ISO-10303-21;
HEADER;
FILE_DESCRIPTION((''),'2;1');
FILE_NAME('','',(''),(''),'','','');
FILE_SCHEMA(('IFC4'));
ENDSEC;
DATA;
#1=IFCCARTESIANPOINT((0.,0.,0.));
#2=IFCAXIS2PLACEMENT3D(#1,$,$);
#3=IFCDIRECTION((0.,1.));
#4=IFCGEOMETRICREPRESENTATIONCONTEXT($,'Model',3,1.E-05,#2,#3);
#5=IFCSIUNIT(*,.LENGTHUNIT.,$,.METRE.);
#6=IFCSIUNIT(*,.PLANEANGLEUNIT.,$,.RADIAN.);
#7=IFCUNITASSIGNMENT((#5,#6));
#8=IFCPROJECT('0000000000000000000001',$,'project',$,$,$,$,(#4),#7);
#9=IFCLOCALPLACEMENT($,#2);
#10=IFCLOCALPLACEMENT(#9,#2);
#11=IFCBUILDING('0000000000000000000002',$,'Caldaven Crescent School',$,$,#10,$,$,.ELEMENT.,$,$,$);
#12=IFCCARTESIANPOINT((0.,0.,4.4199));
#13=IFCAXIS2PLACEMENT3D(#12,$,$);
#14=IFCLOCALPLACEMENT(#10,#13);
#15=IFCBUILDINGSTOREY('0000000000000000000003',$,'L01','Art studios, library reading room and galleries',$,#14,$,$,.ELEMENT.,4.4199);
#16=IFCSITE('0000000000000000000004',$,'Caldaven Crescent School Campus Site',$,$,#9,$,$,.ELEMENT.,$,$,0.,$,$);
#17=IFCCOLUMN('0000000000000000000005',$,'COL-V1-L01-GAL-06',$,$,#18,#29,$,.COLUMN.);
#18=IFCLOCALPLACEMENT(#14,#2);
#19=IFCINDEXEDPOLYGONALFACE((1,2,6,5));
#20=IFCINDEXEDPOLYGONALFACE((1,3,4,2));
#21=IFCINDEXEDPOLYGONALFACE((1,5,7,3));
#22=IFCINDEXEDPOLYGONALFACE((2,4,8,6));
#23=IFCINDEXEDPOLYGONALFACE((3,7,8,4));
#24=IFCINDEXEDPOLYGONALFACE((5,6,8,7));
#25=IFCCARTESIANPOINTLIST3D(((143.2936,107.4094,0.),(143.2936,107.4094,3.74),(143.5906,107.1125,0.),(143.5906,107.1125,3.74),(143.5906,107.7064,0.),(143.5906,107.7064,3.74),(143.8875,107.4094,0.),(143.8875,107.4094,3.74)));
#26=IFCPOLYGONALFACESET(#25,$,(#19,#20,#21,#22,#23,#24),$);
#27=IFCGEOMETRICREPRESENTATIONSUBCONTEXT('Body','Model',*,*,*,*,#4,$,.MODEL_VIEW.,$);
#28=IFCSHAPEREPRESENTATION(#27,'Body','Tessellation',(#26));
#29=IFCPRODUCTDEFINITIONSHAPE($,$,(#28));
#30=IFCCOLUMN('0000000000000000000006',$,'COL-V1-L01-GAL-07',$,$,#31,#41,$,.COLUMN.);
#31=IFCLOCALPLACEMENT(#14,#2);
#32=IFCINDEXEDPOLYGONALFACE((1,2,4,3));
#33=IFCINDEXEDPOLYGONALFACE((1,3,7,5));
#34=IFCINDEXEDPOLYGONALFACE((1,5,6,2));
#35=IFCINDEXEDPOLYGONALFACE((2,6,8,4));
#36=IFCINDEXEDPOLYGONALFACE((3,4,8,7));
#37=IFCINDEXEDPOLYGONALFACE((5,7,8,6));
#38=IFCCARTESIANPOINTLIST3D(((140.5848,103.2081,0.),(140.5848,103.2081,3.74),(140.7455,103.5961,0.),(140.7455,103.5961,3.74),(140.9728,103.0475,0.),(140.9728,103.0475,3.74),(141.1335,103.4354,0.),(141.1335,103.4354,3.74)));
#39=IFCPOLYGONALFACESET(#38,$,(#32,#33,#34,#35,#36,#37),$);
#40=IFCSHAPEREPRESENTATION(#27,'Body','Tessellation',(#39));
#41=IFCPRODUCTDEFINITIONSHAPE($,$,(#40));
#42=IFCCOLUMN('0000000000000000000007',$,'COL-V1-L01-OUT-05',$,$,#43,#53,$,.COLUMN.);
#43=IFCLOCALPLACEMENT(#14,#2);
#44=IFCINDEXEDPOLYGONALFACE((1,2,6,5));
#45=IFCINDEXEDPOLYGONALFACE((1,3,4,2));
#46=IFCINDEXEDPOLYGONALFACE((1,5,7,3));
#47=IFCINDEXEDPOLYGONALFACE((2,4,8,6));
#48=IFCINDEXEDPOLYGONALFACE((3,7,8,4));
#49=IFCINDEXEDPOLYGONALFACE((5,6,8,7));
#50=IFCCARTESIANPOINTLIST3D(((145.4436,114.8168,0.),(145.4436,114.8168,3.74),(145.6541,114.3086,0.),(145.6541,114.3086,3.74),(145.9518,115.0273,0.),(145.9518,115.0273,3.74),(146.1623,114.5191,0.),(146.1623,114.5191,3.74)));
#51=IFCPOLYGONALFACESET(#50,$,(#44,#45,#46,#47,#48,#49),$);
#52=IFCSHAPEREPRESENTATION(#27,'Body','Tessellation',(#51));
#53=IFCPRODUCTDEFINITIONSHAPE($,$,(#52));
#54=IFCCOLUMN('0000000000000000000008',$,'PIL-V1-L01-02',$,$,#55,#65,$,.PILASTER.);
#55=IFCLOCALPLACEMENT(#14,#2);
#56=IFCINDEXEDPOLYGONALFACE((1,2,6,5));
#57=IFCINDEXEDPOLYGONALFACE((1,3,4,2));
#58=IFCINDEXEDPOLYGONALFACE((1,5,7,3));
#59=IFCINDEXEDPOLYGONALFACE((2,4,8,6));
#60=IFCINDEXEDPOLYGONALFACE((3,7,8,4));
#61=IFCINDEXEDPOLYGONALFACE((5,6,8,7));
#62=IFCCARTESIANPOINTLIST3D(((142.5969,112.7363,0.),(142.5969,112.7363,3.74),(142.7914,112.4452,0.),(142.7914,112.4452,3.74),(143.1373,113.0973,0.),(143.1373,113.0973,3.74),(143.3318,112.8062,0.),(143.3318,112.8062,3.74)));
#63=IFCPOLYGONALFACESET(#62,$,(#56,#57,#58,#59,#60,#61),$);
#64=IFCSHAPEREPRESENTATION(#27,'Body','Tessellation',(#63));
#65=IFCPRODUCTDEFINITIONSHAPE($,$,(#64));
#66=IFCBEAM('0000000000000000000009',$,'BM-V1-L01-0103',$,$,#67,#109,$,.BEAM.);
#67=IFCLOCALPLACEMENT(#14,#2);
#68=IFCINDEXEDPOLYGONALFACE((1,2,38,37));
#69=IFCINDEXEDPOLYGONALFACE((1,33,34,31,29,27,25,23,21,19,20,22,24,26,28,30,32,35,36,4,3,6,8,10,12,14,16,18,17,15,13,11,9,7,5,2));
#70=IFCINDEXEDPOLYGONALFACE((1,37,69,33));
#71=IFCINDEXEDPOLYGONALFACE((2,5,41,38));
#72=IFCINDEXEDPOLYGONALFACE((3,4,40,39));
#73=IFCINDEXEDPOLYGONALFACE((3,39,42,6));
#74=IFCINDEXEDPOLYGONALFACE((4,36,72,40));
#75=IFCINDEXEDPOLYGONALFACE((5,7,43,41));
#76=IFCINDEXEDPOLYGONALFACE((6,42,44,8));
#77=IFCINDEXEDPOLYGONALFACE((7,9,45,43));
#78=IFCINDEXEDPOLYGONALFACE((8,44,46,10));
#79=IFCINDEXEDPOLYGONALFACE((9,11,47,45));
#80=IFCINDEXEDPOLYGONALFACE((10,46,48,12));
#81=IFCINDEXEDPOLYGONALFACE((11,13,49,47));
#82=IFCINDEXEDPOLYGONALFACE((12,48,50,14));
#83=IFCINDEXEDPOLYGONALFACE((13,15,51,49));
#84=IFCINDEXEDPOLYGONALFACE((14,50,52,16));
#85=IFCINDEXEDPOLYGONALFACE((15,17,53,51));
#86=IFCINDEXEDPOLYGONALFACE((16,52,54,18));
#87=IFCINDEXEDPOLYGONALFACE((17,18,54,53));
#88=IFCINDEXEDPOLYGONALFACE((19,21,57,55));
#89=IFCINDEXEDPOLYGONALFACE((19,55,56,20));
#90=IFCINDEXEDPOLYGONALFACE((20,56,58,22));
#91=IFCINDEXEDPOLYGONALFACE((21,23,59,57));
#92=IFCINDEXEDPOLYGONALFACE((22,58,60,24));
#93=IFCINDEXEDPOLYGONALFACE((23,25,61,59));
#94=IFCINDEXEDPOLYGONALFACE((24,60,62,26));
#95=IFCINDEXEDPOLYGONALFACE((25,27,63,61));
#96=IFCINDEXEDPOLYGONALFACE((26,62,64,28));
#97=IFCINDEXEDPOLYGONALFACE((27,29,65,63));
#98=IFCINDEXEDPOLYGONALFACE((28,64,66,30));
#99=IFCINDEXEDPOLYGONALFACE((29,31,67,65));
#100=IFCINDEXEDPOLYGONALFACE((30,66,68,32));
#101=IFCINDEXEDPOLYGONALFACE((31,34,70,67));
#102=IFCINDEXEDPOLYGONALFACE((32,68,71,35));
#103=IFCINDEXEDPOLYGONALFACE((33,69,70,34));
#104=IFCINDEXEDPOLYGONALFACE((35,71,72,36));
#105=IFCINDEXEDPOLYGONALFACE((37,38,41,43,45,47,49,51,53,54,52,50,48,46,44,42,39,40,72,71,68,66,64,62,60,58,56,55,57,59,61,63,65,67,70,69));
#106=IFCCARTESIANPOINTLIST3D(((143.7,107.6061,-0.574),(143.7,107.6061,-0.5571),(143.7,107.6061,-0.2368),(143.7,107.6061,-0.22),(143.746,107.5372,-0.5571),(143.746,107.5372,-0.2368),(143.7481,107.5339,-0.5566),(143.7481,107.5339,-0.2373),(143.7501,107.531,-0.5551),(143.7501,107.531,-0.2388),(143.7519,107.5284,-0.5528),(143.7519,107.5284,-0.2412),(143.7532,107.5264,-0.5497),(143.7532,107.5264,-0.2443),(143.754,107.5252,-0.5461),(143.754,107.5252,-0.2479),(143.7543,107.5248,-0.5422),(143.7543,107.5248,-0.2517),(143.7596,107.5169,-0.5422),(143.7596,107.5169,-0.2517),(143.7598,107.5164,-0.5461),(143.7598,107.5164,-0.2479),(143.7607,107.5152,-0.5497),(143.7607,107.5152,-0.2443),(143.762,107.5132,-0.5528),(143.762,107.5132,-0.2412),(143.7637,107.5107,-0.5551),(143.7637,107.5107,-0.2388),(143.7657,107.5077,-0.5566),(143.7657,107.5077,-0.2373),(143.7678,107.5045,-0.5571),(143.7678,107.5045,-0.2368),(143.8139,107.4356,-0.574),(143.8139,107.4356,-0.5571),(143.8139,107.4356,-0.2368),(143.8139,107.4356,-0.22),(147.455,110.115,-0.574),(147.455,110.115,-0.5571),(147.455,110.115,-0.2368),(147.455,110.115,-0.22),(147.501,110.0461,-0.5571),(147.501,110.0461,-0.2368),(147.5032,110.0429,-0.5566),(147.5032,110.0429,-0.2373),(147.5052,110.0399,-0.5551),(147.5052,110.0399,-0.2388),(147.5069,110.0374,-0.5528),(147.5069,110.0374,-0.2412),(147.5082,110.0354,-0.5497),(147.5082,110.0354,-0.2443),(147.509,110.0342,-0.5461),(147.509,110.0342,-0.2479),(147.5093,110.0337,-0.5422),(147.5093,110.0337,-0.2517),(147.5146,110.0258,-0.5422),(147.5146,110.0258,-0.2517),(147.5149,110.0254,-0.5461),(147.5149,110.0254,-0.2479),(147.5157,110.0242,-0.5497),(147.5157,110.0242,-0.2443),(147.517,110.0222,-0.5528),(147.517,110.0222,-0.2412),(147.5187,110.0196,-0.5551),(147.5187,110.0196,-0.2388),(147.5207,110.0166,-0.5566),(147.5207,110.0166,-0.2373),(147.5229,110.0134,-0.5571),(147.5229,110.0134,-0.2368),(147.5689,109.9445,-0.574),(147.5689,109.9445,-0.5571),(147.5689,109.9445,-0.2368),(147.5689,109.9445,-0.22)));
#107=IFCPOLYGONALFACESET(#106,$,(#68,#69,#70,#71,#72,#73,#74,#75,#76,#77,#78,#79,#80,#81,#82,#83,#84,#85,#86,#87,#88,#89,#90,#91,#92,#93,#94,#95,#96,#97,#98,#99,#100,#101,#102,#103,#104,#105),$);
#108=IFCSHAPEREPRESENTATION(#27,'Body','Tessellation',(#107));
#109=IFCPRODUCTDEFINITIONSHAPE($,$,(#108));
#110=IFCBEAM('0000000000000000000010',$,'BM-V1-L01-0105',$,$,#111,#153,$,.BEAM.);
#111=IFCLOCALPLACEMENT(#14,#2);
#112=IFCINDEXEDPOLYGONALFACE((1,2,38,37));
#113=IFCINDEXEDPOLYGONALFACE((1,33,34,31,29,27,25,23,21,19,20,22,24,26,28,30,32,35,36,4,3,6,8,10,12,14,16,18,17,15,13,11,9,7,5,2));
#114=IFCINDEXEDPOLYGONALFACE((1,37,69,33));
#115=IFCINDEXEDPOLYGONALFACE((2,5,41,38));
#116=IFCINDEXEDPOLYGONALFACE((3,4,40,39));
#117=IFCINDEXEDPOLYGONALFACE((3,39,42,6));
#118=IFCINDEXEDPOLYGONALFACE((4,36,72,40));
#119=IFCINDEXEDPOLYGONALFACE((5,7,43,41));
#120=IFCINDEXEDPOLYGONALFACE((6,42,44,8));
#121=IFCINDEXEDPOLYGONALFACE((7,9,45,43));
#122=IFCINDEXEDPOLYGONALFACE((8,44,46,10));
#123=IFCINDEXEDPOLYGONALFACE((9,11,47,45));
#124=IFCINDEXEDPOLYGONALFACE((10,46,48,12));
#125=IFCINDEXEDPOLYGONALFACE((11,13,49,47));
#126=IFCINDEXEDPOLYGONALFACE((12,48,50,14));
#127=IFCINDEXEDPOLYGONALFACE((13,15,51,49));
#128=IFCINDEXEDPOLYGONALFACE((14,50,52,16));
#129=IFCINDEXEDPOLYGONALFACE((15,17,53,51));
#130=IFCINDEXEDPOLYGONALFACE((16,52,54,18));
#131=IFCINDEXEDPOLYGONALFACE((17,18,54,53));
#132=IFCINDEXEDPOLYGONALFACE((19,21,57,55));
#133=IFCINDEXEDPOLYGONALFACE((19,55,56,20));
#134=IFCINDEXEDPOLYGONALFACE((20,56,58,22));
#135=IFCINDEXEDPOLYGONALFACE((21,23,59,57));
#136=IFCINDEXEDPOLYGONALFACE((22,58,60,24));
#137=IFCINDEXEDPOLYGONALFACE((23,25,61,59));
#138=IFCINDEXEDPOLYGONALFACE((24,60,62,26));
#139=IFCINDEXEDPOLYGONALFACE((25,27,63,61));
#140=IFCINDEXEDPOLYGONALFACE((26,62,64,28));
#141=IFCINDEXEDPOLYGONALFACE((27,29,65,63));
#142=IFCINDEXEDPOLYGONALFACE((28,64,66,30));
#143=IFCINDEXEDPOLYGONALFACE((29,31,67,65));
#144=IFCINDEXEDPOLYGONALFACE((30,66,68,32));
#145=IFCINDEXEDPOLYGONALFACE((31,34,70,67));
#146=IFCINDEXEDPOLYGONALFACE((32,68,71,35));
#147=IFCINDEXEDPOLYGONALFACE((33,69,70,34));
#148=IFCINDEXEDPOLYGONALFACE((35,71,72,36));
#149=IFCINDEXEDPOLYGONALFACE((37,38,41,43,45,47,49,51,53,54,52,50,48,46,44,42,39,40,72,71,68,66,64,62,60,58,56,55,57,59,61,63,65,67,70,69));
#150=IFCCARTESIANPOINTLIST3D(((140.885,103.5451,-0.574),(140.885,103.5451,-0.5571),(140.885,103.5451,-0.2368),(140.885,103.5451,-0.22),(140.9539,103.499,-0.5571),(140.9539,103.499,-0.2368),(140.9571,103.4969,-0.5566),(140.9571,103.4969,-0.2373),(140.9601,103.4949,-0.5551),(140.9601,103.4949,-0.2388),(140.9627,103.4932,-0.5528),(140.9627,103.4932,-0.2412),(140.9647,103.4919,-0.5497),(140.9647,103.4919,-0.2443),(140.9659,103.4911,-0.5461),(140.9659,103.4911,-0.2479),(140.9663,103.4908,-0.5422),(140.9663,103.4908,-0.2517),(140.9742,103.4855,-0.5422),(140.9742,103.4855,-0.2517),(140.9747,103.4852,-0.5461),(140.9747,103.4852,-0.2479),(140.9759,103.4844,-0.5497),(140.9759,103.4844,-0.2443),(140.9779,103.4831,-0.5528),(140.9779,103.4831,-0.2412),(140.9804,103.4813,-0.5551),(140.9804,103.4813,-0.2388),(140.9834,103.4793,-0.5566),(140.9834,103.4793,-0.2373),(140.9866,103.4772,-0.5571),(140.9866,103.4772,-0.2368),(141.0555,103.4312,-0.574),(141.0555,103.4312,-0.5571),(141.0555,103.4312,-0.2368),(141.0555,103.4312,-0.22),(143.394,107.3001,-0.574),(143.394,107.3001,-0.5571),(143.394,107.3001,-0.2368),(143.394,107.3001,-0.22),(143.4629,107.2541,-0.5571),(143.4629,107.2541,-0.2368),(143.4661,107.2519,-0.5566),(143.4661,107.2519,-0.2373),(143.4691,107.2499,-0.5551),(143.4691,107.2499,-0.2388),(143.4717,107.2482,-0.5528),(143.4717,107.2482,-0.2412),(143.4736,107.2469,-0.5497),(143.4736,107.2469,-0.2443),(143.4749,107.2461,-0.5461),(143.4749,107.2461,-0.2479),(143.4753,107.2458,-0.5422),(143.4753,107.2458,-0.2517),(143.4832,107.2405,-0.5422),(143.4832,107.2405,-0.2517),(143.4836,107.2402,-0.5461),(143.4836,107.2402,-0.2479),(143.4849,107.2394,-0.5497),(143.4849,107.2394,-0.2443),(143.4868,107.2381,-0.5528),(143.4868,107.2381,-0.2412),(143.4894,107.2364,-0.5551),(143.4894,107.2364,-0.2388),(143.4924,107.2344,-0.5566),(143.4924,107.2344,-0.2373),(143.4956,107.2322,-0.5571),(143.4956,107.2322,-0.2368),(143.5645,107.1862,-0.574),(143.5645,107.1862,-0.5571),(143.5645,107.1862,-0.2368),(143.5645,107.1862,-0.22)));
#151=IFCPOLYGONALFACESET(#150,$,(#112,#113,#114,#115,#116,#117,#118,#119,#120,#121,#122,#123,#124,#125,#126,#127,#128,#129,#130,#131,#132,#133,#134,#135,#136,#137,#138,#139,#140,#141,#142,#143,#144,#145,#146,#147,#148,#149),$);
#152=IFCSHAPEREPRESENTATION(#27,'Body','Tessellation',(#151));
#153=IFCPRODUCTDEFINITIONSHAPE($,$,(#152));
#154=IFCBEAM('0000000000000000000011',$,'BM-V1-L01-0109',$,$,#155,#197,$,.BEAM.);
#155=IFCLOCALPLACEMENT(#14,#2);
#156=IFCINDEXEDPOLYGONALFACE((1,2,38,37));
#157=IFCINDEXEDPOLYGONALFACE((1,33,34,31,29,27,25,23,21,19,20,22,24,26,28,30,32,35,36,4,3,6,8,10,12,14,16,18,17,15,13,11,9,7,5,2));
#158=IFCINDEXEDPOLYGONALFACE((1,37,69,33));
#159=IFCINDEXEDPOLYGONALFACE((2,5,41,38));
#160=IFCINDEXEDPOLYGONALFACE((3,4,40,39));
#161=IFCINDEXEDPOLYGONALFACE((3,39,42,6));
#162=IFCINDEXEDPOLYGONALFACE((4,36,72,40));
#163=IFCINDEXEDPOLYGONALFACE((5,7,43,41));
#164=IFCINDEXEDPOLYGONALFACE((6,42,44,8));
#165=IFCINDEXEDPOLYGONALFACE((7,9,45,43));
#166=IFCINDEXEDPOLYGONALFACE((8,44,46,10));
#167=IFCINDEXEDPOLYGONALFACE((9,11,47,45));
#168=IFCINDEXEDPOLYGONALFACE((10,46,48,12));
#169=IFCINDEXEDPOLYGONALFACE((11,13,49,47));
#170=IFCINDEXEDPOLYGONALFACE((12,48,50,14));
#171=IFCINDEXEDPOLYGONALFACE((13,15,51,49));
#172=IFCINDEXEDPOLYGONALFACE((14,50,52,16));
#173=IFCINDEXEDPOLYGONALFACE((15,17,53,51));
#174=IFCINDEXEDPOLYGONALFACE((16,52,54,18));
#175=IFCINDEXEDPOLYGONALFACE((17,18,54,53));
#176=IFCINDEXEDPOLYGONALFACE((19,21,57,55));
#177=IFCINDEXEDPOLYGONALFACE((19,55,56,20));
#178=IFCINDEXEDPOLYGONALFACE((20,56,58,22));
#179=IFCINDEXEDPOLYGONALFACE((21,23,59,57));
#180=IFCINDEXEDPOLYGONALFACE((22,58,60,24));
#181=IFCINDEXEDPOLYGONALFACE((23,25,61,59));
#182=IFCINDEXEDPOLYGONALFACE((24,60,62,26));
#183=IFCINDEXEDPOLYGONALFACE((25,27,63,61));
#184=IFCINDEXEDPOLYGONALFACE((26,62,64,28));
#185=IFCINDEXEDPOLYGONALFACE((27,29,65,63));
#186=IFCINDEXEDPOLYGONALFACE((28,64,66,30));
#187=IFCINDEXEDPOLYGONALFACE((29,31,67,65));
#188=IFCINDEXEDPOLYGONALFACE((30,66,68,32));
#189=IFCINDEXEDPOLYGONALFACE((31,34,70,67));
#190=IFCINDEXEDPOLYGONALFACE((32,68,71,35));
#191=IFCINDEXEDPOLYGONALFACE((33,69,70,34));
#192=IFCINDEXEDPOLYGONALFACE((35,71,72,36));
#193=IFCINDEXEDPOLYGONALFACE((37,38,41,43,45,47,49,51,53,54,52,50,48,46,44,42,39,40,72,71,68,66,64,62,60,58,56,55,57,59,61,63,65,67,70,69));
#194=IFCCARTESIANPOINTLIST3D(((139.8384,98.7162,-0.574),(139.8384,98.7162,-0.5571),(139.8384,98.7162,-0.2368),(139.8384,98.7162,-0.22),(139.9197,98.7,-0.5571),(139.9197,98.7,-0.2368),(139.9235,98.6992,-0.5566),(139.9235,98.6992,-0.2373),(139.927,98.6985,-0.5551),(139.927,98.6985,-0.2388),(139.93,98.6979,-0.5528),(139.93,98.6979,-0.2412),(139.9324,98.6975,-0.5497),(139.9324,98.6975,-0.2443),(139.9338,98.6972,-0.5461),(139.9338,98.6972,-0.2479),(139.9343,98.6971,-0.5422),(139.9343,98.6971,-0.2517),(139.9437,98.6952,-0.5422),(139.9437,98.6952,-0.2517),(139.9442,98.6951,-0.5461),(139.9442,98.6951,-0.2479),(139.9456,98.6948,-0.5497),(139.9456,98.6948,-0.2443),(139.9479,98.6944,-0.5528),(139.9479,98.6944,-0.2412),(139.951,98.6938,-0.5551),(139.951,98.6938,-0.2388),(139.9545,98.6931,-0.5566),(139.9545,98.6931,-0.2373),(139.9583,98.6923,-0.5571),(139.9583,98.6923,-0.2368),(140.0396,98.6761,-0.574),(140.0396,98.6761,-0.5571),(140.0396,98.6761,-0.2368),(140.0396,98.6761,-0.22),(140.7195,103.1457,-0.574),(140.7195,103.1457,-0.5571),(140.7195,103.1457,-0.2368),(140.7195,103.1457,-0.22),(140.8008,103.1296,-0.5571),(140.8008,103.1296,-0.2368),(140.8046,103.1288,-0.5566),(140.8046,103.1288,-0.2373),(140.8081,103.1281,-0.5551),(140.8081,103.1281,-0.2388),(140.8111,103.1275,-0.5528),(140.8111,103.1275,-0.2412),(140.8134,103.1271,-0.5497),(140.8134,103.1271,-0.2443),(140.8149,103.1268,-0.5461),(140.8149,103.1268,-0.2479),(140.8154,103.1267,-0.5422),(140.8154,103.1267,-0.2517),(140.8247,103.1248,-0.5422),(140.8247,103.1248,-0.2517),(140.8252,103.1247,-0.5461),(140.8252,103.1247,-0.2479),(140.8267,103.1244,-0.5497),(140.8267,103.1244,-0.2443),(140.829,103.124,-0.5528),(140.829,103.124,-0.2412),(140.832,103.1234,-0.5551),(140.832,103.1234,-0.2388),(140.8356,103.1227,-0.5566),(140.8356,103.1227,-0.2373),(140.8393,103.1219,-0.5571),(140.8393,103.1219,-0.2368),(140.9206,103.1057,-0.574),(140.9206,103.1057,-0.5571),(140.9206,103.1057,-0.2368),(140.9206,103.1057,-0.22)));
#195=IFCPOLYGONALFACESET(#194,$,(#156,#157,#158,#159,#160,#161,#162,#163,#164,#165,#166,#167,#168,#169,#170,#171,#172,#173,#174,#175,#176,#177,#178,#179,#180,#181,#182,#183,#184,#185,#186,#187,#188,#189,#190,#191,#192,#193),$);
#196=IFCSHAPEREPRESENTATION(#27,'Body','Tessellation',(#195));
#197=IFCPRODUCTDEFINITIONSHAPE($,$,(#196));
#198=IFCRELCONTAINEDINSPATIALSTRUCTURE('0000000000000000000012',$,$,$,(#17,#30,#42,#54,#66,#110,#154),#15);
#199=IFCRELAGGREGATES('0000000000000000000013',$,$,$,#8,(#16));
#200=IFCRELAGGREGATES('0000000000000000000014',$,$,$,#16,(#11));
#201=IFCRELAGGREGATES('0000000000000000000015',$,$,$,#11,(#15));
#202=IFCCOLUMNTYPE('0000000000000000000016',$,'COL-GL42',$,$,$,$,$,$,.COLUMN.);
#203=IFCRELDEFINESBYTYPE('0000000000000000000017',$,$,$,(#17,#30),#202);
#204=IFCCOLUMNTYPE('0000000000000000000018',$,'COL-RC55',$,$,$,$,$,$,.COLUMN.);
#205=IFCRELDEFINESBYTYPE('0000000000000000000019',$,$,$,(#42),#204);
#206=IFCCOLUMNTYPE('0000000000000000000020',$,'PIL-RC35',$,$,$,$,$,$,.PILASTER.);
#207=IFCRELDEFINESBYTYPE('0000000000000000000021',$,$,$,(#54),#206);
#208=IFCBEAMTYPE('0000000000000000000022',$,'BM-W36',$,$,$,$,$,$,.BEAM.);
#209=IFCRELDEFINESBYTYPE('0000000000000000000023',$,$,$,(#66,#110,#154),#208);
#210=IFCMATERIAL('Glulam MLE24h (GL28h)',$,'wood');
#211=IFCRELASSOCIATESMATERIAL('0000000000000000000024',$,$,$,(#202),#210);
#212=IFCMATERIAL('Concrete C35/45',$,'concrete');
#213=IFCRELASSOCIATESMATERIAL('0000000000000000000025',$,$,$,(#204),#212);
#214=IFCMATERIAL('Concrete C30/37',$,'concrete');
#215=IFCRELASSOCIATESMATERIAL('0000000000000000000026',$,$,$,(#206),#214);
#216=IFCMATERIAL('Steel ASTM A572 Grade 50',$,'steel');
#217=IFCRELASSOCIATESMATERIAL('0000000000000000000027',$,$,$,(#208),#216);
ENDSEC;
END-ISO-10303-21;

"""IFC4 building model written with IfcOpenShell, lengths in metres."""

from ifc_helpers import new_model, si_unit, direction, frame, origin, origin_2d, place, context, subcontext, project, spatial, rectangle, i_section, extrude, material, material_profile, profile_set, type_object, element, save


model = new_model("IFC4")

# Units and contexts
model_context = context("Model", 3, precision=1e-05, world=origin(), true_north=direction((0.0, 1.0)))
body_context = subcontext(model_context, "Body", "Model", "MODEL_VIEW")
ifc_project = project(units=[si_unit("LENGTHUNIT", "METRE"), si_unit("PLANEANGLEUNIT", "RADIAN")], contexts=[model_context])

# Site, building, storey
site_placement = place(None, origin())
site = spatial("IfcSite", under=ifc_project, at=site_placement, Name="Caldaven Crescent School Campus Site", CompositionType="ELEMENT", RefElevation=0.0)
building_placement = place(site_placement, origin())
building = spatial("IfcBuilding", under=site, at=building_placement, Name="Caldaven Crescent School", CompositionType="ELEMENT")
storey_placement = place(building_placement, frame((0.0, 0.0, 4.4199)))
storey = spatial("IfcBuildingStorey", under=building, at=storey_placement, Name="L01", Description="Art studios, library reading room and galleries", CompositionType="ELEMENT", Elevation=4.4199)

# Columns
ifc_material_1 = material(Name="Glulam MLE24h (GL28h)", Category="wood")
ifc_material_profile_1 = material_profile(ifc_material_1, rectangle(XDim=0.4199, YDim=0.4199, at=origin_2d()), Name="MLE 420x420")
ifc_profile_set_1 = profile_set([ifc_material_profile_1], Name="Glulam MLE24h (GL28h)")
column_type_1 = type_object("IfcColumnType", Name="COL-GL42", PredefinedType="COLUMN", material=ifc_profile_set_1)
for number, where, z_axis, x_axis, name in (
    (1, (143.5906, 107.4094, 0.0), (0.0, 0.0, 1.0), (-0.707107, 0.707107, 0.0), "COL-V1-L01-GAL-06"),
    (2, (140.8591, 103.3218, 0.0), (0.0, 0.0, 1.0), (-0.92388, 0.382683, 0.0), "COL-V1-L01-GAL-07"),
):
    element("IfcColumn", number, at=place(storey_placement, frame(where, z_axis=z_axis, x_axis=x_axis)), inside=storey, type_object=column_type_1, Name=name, PredefinedType="COLUMN", context=body_context, shape_type="SweptSolid", body=[
        extrude(rectangle(XDim=0.4199, YDim=0.4199, at=origin_2d()), origin(), (0.0, 0.0, 1.0), 3.74),
    ])
ifc_material_2 = material(Name="Concrete C35/45", Category="concrete")
ifc_material_profile_2 = material_profile(ifc_material_2, rectangle(XDim=0.55, YDim=0.55, at=origin_2d()), Name="RC 550x550")
ifc_profile_set_2 = profile_set([ifc_material_profile_2], Name="Concrete C35/45")
column_type_2 = type_object("IfcColumnType", Name="COL-RC55", PredefinedType="COLUMN", material=ifc_profile_set_2)
column_1_placement = place(storey_placement, frame((145.803, 114.668, 0.0), z_axis=(0.0, 0.0, 1.0), x_axis=(-0.382683, 0.92388, 0.0)))
element("IfcColumn", 3, at=column_1_placement, inside=storey, type_object=column_type_2, Name="COL-V1-L01-OUT-05", PredefinedType="COLUMN", context=body_context, shape_type="SweptSolid", body=[
    extrude(rectangle(XDim=0.55, YDim=0.55, at=origin_2d()), origin(), (0.0, 0.0, 1.0), 3.74),
])
ifc_material_3 = material(Name="Concrete C30/37", Category="concrete")
ifc_material_profile_3 = material_profile(ifc_material_3, rectangle(XDim=0.3501, YDim=0.6499, at=origin_2d()), Name="RC 350x650")
ifc_profile_set_3 = profile_set([ifc_material_profile_3], Name="Concrete C30/37")
column_type_3 = type_object("IfcColumnType", Name="PIL-RC35", PredefinedType="PILASTER", material=ifc_profile_set_3)
column_2_placement = place(storey_placement, frame((142.9644, 112.7712, 0.0), z_axis=(0.0, 0.0, 1.0), x_axis=(-0.55557, 0.83147, 0.0)))
element("IfcColumn", 4, at=column_2_placement, inside=storey, type_object=column_type_3, Name="PIL-V1-L01-02", PredefinedType="PILASTER", context=body_context, shape_type="SweptSolid", body=[
    extrude(rectangle(XDim=0.3501, YDim=0.6499, at=origin_2d()), origin(), (0.0, 0.0, 1.0), 3.74),
])

# Beams
ifc_material_4 = material(Name="Steel ASTM A572 Grade 50", Category="steel")
ifc_material_profile_4 = material_profile(ifc_material_4, i_section(OverallWidth=0.2051, OverallDepth=0.354, WebThickness=0.0095, FlangeThickness=0.0168, FilletRadius=0.0149, at=origin_2d()), Name="W360x79")
ifc_profile_set_4 = profile_set([ifc_material_profile_4], Name="Steel ASTM A572 Grade 50")
beam_type_1 = type_object("IfcBeamType", Name="BM-W36", PredefinedType="BEAM", material=ifc_profile_set_4)
for number, where, z_axis, x_axis, name in (
    (5, (147.512, 110.0298, -0.397), (-0.831476, -0.555561, 0.0), (0.555561, -0.831476, 0.0), "BM-V1-L01-0103"),
    (6, (143.4792, 107.2432, -0.397), (-0.555561, -0.831476, 0.0), (0.831476, -0.555561, 0.0), "BM-V1-L01-0105"),
):
    element("IfcBeam", number, at=place(storey_placement, frame(where, z_axis=z_axis, x_axis=x_axis)), inside=storey, type_object=beam_type_1, Name=name, PredefinedType="BEAM", context=body_context, shape_type="SweptSolid", body=[
        extrude(i_section(OverallWidth=0.2051, OverallDepth=0.354, WebThickness=0.0095, FlangeThickness=0.0168, FilletRadius=0.0149, at=origin_2d()), origin(), (0.0, 0.0, 1.0), 4.5161),
    ])
beam_1_placement = place(storey_placement, frame((140.8201, 103.1257, -0.397), z_axis=(-0.195087, -0.980786, 0.0), x_axis=(0.980786, -0.195087, 0.0)))
element("IfcBeam", 7, at=beam_1_placement, inside=storey, type_object=beam_type_1, Name="BM-V1-L01-0109", PredefinedType="BEAM", context=body_context, shape_type="SweptSolid", body=[
    extrude(i_section(OverallWidth=0.2051, OverallDepth=0.354, WebThickness=0.0095, FlangeThickness=0.0168, FilletRadius=0.0149, at=origin_2d()), origin(), (0.0, 0.0, 1.0), 4.5164),
])

save(model, "model.ifc")
